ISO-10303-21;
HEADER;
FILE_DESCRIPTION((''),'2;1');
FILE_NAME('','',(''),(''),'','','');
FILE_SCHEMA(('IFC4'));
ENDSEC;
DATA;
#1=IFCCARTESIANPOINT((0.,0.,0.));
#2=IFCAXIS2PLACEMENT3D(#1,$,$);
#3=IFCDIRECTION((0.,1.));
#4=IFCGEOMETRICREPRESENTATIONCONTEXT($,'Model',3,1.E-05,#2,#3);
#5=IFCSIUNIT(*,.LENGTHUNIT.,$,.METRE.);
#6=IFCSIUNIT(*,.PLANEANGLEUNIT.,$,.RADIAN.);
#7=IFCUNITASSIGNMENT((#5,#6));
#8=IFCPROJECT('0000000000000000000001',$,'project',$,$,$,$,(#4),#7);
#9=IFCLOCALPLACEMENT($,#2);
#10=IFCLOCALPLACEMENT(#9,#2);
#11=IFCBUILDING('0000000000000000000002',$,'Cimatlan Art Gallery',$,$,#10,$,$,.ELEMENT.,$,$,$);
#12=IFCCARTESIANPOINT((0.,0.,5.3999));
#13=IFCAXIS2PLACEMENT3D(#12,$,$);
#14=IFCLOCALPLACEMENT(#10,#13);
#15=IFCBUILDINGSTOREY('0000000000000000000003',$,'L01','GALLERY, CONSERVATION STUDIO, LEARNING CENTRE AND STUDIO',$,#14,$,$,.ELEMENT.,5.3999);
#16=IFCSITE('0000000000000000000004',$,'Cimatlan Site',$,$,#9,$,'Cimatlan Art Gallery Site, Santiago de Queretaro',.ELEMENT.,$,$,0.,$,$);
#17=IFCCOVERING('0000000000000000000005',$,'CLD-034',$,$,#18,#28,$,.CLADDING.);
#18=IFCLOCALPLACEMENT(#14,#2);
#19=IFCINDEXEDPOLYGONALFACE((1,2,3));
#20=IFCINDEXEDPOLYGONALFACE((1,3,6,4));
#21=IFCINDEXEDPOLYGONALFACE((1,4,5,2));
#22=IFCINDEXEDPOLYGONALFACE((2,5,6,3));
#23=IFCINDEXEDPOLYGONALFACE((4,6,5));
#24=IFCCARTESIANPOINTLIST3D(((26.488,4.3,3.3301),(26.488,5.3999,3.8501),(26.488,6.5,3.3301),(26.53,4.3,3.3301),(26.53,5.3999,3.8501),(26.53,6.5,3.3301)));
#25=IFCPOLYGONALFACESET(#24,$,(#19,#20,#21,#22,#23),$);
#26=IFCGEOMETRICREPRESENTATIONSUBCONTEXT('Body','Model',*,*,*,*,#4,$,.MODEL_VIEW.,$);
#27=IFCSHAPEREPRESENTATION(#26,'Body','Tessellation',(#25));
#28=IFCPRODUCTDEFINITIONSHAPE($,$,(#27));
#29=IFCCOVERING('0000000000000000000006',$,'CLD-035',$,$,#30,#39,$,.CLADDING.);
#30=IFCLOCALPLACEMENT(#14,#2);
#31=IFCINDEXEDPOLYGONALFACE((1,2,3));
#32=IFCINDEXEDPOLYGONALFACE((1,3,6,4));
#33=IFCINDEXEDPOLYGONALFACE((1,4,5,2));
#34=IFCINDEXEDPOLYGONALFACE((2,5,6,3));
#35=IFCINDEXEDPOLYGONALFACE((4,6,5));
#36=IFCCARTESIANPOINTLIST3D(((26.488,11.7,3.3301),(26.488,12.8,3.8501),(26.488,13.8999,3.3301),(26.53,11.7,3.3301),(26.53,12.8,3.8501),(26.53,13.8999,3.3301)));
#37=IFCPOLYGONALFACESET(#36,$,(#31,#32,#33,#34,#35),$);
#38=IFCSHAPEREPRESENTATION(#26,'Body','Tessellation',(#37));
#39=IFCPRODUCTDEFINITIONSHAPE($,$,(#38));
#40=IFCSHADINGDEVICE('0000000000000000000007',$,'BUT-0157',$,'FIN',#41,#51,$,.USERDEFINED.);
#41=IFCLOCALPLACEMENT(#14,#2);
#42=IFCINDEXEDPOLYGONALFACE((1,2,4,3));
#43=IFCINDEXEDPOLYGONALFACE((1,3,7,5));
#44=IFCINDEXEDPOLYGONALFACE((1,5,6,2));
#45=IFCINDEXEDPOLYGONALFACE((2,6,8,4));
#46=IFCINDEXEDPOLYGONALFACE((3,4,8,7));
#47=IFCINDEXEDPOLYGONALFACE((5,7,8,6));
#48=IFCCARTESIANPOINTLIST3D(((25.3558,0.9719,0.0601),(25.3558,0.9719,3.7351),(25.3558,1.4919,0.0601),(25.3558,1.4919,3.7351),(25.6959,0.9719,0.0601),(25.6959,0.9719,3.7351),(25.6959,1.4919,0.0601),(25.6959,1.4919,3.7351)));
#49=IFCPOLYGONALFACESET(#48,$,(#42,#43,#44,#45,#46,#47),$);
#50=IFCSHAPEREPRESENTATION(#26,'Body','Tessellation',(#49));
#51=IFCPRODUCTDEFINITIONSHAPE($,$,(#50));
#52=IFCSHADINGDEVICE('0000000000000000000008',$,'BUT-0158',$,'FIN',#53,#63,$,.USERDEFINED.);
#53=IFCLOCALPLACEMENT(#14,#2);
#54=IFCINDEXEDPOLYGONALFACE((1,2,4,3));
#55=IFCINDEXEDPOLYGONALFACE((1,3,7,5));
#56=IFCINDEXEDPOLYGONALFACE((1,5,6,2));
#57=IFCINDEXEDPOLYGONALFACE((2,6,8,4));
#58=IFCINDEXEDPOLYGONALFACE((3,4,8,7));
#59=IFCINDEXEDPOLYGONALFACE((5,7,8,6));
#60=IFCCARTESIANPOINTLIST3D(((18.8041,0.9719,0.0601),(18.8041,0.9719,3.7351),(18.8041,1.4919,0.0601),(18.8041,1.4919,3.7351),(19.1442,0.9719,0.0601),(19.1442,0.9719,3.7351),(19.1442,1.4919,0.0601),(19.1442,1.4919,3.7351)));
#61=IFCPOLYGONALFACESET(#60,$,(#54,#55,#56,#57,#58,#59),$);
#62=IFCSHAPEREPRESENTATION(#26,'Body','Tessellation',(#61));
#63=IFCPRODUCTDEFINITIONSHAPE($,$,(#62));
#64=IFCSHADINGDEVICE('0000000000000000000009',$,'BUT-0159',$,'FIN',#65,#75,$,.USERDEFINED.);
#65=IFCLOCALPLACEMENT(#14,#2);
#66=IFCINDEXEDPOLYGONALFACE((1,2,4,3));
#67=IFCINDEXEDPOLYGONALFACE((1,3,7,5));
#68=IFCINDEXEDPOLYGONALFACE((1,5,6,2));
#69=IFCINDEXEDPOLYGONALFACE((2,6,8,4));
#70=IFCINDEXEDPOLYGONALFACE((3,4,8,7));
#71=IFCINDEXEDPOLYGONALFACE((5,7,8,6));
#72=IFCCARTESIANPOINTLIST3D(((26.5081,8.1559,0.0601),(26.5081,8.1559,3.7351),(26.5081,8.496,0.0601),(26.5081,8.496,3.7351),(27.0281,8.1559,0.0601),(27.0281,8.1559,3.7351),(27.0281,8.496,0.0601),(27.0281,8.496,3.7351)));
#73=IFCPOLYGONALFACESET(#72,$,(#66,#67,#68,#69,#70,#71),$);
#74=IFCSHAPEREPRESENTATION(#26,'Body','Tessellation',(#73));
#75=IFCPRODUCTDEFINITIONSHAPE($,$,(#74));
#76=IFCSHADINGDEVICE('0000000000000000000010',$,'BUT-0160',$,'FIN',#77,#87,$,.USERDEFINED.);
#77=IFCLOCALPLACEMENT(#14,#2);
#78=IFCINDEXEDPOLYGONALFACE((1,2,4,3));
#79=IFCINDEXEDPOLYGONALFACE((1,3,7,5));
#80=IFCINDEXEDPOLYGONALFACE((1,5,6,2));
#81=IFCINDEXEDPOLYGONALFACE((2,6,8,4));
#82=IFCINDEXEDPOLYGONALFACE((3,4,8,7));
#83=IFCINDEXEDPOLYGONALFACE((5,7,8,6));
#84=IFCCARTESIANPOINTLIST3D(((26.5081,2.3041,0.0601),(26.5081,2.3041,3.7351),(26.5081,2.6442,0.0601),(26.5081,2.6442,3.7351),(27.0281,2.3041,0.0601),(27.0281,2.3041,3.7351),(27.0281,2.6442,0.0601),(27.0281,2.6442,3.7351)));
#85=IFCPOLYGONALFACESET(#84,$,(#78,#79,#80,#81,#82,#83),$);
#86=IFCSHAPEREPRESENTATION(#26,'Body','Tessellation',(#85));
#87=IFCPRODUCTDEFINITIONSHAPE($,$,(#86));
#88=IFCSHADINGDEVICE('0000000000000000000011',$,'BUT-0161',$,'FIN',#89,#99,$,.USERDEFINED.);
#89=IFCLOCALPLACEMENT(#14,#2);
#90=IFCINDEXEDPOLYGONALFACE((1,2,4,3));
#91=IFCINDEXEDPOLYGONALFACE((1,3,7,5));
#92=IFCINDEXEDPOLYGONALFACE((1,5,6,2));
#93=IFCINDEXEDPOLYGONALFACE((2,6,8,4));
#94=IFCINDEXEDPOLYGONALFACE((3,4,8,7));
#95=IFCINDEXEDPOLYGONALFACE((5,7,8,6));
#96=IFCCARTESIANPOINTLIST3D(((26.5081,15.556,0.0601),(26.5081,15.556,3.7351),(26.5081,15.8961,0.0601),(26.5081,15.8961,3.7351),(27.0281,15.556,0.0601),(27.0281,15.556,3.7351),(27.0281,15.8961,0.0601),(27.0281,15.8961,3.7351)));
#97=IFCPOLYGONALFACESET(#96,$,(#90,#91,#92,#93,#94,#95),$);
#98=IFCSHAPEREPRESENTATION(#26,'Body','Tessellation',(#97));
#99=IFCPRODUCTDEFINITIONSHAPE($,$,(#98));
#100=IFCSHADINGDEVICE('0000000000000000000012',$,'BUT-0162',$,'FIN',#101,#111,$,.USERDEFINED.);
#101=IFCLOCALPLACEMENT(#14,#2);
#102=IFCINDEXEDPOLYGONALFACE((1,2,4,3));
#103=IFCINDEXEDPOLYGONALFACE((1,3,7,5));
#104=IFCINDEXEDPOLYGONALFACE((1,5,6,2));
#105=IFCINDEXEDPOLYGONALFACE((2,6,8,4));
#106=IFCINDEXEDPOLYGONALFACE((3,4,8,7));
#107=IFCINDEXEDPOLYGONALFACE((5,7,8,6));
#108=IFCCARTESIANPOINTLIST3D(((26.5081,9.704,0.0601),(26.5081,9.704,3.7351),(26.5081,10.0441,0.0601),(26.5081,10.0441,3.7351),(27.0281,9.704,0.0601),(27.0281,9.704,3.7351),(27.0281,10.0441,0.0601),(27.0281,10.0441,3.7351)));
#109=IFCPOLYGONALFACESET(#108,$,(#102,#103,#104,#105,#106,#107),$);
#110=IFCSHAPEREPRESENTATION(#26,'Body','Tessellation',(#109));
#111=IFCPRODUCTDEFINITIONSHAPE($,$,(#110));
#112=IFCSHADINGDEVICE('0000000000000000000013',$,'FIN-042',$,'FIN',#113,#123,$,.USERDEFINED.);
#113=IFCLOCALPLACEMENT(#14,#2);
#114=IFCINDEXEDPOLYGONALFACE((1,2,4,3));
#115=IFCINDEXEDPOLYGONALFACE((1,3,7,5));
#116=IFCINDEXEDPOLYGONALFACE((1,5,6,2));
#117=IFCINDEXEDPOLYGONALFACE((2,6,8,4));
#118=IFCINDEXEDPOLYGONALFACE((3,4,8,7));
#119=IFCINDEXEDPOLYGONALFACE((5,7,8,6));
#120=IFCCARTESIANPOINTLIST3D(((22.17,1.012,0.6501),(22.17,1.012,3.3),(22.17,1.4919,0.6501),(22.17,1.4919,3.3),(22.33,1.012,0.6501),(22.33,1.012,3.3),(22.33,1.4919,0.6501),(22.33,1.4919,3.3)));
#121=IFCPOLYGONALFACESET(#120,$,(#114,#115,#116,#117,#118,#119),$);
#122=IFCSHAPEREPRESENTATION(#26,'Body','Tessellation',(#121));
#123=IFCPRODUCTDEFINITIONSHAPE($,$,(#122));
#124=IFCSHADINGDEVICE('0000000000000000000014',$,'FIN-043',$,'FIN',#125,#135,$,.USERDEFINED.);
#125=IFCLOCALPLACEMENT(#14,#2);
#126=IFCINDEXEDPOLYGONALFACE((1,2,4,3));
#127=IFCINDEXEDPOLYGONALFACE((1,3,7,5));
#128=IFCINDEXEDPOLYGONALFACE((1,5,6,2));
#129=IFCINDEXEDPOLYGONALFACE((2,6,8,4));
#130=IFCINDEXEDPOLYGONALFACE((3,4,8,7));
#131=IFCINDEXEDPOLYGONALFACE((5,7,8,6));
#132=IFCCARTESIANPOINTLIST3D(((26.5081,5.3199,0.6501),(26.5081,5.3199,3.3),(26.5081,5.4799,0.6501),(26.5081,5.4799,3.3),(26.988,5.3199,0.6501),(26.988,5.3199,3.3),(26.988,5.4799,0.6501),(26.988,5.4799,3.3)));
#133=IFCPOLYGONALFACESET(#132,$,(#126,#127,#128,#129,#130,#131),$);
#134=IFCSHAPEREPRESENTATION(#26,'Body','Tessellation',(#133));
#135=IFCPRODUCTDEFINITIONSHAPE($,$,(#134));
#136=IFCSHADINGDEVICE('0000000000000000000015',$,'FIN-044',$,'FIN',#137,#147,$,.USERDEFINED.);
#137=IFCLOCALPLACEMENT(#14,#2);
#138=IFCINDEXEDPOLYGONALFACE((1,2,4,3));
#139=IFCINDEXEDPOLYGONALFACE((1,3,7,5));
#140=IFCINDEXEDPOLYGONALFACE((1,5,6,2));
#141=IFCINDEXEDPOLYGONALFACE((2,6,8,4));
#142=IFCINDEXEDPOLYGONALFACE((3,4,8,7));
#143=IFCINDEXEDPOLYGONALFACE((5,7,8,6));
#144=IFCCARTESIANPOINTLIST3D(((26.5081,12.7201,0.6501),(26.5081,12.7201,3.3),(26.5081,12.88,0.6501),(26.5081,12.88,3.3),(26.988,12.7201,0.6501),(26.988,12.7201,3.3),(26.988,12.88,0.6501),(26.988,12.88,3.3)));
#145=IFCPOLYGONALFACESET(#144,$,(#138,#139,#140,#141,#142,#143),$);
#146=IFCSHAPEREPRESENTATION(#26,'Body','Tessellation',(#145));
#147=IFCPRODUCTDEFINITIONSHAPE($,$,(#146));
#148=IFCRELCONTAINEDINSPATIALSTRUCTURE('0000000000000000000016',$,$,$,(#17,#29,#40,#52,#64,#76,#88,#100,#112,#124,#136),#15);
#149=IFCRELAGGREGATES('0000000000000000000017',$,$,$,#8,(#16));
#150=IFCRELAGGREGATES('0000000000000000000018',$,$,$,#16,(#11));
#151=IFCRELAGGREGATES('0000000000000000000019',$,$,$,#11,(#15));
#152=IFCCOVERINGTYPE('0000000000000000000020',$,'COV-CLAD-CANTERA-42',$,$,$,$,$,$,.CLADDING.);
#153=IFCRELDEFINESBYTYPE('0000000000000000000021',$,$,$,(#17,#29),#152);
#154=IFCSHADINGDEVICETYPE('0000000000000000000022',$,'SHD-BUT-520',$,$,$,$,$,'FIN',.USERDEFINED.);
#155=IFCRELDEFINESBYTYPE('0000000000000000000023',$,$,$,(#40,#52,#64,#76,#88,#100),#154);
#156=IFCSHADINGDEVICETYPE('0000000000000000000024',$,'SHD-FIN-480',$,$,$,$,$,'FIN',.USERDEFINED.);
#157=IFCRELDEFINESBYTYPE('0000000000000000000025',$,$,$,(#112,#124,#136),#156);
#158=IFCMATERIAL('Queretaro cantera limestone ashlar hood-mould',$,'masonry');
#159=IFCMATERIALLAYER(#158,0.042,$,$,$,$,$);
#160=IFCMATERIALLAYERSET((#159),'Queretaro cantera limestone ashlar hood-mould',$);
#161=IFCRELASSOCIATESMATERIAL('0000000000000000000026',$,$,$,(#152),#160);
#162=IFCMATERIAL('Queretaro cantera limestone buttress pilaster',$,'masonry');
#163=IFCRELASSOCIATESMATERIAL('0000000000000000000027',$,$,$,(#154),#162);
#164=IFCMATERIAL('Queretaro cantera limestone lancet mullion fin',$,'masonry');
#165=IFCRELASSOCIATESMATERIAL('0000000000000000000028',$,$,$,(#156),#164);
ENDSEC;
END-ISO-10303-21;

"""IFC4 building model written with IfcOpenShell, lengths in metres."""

from ifc_helpers import new_model, si_unit, direction, frame, origin, origin_2d, place, context, subcontext, project, spatial, polyline, rectangle, outline, extrude, material, layer, layer_set, type_object, element, save


model = new_model("IFC4")

# Units and contexts
model_context = context("Model", 3, precision=1e-05, world=origin(), true_north=direction((0.0, 1.0)))
body_context = subcontext(model_context, "Body", "Model", "MODEL_VIEW")
ifc_project = project(units=[si_unit("LENGTHUNIT", "METRE"), si_unit("PLANEANGLEUNIT", "RADIAN")], contexts=[model_context])

# Site, building, storey
site_placement = place(None, origin())
site = spatial("IfcSite", under=ifc_project, at=site_placement, Name="Cimatlan Site", LongName="Cimatlan Art Gallery Site, Santiago de Queretaro", CompositionType="ELEMENT", RefElevation=0.0)
building_placement = place(site_placement, origin())
building = spatial("IfcBuilding", under=site, at=building_placement, Name="Cimatlan Art Gallery", CompositionType="ELEMENT")
storey_placement = place(building_placement, frame((0.0, 0.0, 5.3999)))
storey = spatial("IfcBuildingStorey", under=building, at=storey_placement, Name="L01", Description="GALLERY, CONSERVATION STUDIO, LEARNING CENTRE AND STUDIO", CompositionType="ELEMENT", Elevation=5.3999)

# Coverings
ifc_material_1 = material(Name="Queretaro cantera limestone ashlar hood-mould", Category="masonry")
ifc_layer_1 = layer(ifc_material_1, 0.042)
ifc_layer_set_1 = layer_set([ifc_layer_1], Name="Queretaro cantera limestone ashlar hood-mould")
covering_type = type_object("IfcCoveringType", Name="COV-CLAD-CANTERA-42", PredefinedType="CLADDING", material=ifc_layer_set_1)
covering_1_placement = place(storey_placement, frame((26.488, 6.5, 3.3301), z_axis=(-1.0, 0.0, 0.0), x_axis=(0.0, -1.0, 0.0)))
element("IfcCovering", 1, at=covering_1_placement, inside=storey, type_object=covering_type, Name="CLD-034", PredefinedType="CLADDING", context=body_context, shape_type="SweptSolid", body=[
    extrude(outline(polyline([(0.0, 0.0), (2.2, 0.0), (1.1001, 0.52), (0.0, 0.0)])), origin(), (0.0, 0.0, -1.0), 0.042),
])
covering_2_placement = place(storey_placement, frame((26.488, 13.8999, 3.3301), z_axis=(-1.0, 0.0, 0.0), x_axis=(0.0, -1.0, 0.0)))
element("IfcCovering", 2, at=covering_2_placement, inside=storey, type_object=covering_type, Name="CLD-035", PredefinedType="CLADDING", context=body_context, shape_type="SweptSolid", body=[
    extrude(outline(polyline([(0.0, 0.0), (2.2, 0.0), (1.0999, 0.52), (0.0, 0.0)])), origin(), (0.0, 0.0, -1.0), 0.042),
])

# Shading devices
ifc_material_2 = material(Name="Queretaro cantera limestone buttress pilaster", Category="masonry")
shading_device_type_1 = type_object("IfcShadingDeviceType", Name="SHD-BUT-520", ElementType="FIN", PredefinedType="USERDEFINED", material=ifc_material_2)
for number, where, z_axis, x_axis, name in (
    (3, (25.5259, 1.2319, 0.0601), (0.0, 0.0, 1.0), (-1.0, 0.0, 0.0), "BUT-0157"),
    (4, (18.9741, 1.2319, 0.0601), (0.0, 0.0, 1.0), (-1.0, 0.0, 0.0), "BUT-0158"),
    (5, (26.7681, 8.3259, 0.0601), (0.0, 0.0, 1.0), (0.0, -1.0, 0.0), "BUT-0159"),
    (6, (26.7681, 2.4741, 0.0601), (0.0, 0.0, 1.0), (0.0, -1.0, 0.0), "BUT-0160"),
    (7, (26.7681, 15.7261, 0.0601), (0.0, 0.0, 1.0), (0.0, -1.0, 0.0), "BUT-0161"),
    (8, (26.7681, 9.874, 0.0601), (0.0, 0.0, 1.0), (0.0, -1.0, 0.0), "BUT-0162"),
):
    element("IfcShadingDevice", number, at=place(storey_placement, frame(where, z_axis=z_axis, x_axis=x_axis)), inside=storey, type_object=shading_device_type_1, Name=name, ObjectType="FIN", PredefinedType="USERDEFINED", context=body_context, shape_type="SweptSolid", body=[
        extrude(rectangle(XDim=0.3401, YDim=0.52, at=origin_2d()), origin(), (0.0, 0.0, 1.0), 3.675),
    ])
ifc_material_3 = material(Name="Queretaro cantera limestone lancet mullion fin", Category="masonry")
shading_device_type_2 = type_object("IfcShadingDeviceType", Name="SHD-FIN-480", ElementType="FIN", PredefinedType="USERDEFINED", material=ifc_material_3)
for number, where, z_axis, x_axis, name in (
    (9, (22.25, 1.252, 0.6501), (0.0, 0.0, 1.0), (-1.0, 0.0, 0.0), "FIN-042"),
    (10, (26.748, 5.3999, 0.6501), (0.0, 0.0, 1.0), (0.0, -1.0, 0.0), "FIN-043"),
    (11, (26.748, 12.8, 0.6501), (0.0, 0.0, 1.0), (0.0, -1.0, 0.0), "FIN-044"),
):
    element("IfcShadingDevice", number, at=place(storey_placement, frame(where, z_axis=z_axis, x_axis=x_axis)), inside=storey, type_object=shading_device_type_2, Name=name, ObjectType="FIN", PredefinedType="USERDEFINED", context=body_context, shape_type="SweptSolid", body=[
        extrude(rectangle(XDim=0.1599, YDim=0.48, at=origin_2d()), origin(), (0.0, 0.0, 1.0), 2.6499),
    ])

save(model, "model.ifc")
